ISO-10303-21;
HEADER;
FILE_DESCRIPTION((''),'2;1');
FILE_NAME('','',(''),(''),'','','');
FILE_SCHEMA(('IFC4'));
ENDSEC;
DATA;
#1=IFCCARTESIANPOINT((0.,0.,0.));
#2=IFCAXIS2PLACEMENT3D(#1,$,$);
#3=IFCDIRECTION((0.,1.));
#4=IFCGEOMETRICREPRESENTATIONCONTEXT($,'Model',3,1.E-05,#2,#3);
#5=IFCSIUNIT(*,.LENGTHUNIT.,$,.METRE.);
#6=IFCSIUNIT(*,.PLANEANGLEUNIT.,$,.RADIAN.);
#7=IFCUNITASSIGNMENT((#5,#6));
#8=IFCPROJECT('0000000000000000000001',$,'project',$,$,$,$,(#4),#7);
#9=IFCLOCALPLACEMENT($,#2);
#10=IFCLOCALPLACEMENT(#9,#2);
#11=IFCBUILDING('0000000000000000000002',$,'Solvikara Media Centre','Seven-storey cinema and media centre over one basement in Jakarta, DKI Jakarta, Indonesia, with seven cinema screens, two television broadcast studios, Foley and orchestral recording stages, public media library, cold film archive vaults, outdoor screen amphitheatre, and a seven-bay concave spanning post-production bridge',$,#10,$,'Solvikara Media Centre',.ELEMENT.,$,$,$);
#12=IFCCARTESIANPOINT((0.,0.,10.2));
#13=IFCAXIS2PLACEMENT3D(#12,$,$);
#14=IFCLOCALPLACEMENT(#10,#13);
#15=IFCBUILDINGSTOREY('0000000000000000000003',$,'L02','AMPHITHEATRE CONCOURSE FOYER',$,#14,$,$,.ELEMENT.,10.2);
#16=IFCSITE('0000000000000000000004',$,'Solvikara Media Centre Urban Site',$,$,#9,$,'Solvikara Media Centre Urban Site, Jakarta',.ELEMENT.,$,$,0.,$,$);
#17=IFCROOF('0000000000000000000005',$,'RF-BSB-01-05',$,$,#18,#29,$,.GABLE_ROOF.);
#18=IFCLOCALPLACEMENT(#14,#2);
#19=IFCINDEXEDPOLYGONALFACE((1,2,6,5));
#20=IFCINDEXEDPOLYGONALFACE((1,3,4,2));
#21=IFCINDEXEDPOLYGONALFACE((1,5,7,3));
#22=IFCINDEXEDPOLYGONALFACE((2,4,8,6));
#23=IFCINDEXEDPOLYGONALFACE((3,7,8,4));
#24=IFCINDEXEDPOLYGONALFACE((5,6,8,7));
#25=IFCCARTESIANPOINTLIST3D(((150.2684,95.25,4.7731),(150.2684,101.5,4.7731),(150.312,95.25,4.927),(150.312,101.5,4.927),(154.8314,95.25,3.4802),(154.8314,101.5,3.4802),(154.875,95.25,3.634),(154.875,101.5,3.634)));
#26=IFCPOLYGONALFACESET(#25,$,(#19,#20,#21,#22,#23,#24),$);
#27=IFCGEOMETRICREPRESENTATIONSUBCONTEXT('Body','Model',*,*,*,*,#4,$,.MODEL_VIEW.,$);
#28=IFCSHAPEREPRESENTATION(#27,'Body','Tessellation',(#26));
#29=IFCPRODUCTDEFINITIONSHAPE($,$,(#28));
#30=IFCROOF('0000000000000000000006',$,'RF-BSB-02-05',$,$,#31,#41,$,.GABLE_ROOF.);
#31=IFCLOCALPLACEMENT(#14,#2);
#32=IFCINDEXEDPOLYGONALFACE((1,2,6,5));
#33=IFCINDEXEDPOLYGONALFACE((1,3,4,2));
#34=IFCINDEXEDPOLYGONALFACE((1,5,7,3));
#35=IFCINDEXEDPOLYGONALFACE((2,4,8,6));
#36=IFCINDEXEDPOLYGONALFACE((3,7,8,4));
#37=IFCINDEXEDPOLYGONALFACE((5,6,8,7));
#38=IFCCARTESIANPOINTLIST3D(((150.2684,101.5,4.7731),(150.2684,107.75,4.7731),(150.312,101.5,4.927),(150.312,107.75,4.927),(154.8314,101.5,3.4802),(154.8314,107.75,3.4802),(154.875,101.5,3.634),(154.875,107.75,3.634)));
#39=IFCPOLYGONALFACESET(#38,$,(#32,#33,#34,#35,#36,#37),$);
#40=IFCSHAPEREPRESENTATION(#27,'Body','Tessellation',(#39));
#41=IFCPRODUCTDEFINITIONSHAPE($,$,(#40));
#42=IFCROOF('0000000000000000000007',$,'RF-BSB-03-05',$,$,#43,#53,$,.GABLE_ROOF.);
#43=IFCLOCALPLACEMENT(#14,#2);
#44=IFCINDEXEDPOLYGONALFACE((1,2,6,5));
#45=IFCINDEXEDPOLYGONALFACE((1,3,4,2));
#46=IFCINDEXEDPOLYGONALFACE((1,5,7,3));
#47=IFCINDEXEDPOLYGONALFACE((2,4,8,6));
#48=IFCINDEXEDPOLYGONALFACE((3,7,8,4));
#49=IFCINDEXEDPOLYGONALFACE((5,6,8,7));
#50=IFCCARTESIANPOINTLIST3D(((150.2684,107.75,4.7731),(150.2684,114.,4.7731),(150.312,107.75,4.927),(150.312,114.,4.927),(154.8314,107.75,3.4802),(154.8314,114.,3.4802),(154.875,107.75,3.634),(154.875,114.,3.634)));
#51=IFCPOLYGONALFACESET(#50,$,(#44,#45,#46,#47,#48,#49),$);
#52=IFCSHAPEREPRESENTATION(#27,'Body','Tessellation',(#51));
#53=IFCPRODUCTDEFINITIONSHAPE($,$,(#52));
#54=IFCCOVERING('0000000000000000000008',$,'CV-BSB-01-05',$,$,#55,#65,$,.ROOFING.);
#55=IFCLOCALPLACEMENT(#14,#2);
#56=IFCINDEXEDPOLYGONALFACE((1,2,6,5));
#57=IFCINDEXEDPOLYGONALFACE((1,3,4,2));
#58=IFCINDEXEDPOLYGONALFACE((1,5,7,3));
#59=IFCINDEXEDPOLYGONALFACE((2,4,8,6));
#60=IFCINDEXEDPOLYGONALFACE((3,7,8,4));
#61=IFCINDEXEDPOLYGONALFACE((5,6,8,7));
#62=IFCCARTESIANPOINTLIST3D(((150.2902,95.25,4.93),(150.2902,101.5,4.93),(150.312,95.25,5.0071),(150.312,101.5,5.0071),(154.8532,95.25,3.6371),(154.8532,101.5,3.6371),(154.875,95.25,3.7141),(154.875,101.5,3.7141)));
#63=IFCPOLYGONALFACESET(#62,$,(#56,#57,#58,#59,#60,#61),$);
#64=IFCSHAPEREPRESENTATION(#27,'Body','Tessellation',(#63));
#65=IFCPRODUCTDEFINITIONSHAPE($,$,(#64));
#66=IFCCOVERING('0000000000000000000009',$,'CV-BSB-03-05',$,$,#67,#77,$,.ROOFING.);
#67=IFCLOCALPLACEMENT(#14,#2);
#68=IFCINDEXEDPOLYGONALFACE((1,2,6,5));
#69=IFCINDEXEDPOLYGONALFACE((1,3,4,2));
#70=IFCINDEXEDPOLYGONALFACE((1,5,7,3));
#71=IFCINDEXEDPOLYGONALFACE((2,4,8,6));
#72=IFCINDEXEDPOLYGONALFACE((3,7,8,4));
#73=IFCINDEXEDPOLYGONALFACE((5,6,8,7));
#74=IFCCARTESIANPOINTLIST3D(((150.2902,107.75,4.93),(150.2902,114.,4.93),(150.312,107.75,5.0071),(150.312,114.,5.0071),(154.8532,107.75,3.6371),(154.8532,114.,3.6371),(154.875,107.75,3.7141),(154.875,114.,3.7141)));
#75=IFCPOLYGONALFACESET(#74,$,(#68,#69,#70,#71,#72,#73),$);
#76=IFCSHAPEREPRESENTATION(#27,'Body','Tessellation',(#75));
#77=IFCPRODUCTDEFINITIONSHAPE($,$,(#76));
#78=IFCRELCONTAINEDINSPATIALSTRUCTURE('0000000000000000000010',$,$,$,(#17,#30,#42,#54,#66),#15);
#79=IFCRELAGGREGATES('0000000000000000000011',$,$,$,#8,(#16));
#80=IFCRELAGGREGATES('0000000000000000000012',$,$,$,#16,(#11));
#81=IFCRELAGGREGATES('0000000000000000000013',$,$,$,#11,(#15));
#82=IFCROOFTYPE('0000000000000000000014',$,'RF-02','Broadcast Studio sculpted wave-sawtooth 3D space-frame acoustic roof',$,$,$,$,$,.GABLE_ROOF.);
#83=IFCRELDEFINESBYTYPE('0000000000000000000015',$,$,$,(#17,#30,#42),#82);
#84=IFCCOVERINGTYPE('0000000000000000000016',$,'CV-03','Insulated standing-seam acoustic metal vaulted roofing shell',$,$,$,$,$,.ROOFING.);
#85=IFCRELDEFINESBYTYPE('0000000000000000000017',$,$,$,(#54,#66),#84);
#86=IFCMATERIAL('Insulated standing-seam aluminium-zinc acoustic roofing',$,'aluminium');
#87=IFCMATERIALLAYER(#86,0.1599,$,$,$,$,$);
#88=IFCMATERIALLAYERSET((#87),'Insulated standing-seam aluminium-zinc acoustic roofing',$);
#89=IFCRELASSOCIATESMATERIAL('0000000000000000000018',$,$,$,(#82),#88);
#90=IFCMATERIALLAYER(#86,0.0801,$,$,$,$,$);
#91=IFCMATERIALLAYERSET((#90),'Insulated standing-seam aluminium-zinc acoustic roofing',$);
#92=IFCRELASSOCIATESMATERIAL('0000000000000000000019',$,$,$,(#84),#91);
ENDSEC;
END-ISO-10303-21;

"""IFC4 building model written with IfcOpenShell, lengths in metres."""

from ifc_helpers import new_model, si_unit, direction, frame, origin, place, context, subcontext, project, spatial, polyline, outline, extrude, material, layer, layer_set, type_object, element, save


model = new_model("IFC4")

# Units and contexts
model_context = context("Model", 3, precision=1e-05, world=origin(), true_north=direction((0.0, 1.0)))
body_context = subcontext(model_context, "Body", "Model", "MODEL_VIEW")
ifc_project = project(units=[si_unit("LENGTHUNIT", "METRE"), si_unit("PLANEANGLEUNIT", "RADIAN")], contexts=[model_context])

# Site, building, storey
site_placement = place(None, origin())
site = spatial("IfcSite", under=ifc_project, at=site_placement, Name="Solvikara Media Centre Urban Site", LongName="Solvikara Media Centre Urban Site, Jakarta", CompositionType="ELEMENT", RefElevation=0.0)
building_placement = place(site_placement, origin())
building = spatial("IfcBuilding", under=site, at=building_placement, Name="Solvikara Media Centre", Description="Seven-storey cinema and media centre over one basement in Jakarta, DKI Jakarta, Indonesia, with seven cinema screens, two television broadcast studios, Foley and orchestral recording stages, public media library, cold film archive vaults, outdoor screen amphitheatre, and a seven-bay concave spanning post-production bridge", LongName="Solvikara Media Centre", CompositionType="ELEMENT")
storey_placement = place(building_placement, frame((0.0, 0.0, 10.2)))
storey = spatial("IfcBuildingStorey", under=building, at=storey_placement, Name="L02", Description="AMPHITHEATRE CONCOURSE FOYER", CompositionType="ELEMENT", Elevation=10.2)

# Roofs
ifc_material_1 = material(Name="Insulated standing-seam aluminium-zinc acoustic roofing", Category="aluminium")
ifc_layer_1 = layer(ifc_material_1, 0.1599)
ifc_layer_set_1 = layer_set([ifc_layer_1], Name="Insulated standing-seam aluminium-zinc acoustic roofing")
roof_type = type_object("IfcRoofType", Name="RF-02", Description="Broadcast Studio sculpted wave-sawtooth 3D space-frame acoustic roof", PredefinedType="GABLE_ROOF", material=ifc_layer_set_1)
for number, where, z_axis, x_axis, name in (
    (1, (150.312, 95.25, 4.927), (0.272626, 0.0, 0.96212), (0.96212, 0.0, -0.272626), "RF-BSB-01-05"),
    (2, (150.312, 101.5, 4.927), (0.272626, 0.0, 0.96212), (0.96212, 0.0, -0.272626), "RF-BSB-02-05"),
    (3, (150.312, 107.75, 4.927), (0.272626, 0.0, 0.96212), (0.96212, 0.0, -0.272626), "RF-BSB-03-05"),
):
    element("IfcRoof", number, at=place(storey_placement, frame(where, z_axis=z_axis, x_axis=x_axis)), inside=storey, type_object=roof_type, Name=name, PredefinedType="GABLE_ROOF", context=body_context, shape_type="SweptSolid", body=[
        extrude(outline(polyline([(0.0, 0.0), (4.7426, 0.0), (4.7426, 6.25), (0.0, 6.25), (0.0, 0.0)])), origin(), (0.0, 0.0, -1.0), 0.1599),
    ])

# Coverings
ifc_layer_2 = layer(ifc_material_1, 0.0801)
ifc_layer_set_2 = layer_set([ifc_layer_2], Name="Insulated standing-seam aluminium-zinc acoustic roofing")
covering_type = type_object("IfcCoveringType", Name="CV-03", Description="Insulated standing-seam acoustic metal vaulted roofing shell", PredefinedType="ROOFING", material=ifc_layer_set_2)
for number, where, z_axis, x_axis, name in (
    (4, (150.312, 95.25, 5.0071), (0.272626, 0.0, 0.96212), (0.96212, 0.0, -0.272626), "CV-BSB-01-05"),
    (5, (150.312, 107.75, 5.0071), (0.272626, 0.0, 0.96212), (0.96212, 0.0, -0.272626), "CV-BSB-03-05"),
):
    element("IfcCovering", number, at=place(storey_placement, frame(where, z_axis=z_axis, x_axis=x_axis)), inside=storey, type_object=covering_type, Name=name, PredefinedType="ROOFING", context=body_context, shape_type="SweptSolid", body=[
        extrude(outline(polyline([(0.0, 0.0), (4.7426, 0.0), (4.7426, 6.25), (0.0, 6.25), (0.0, 0.0)])), origin(), (0.0, 0.0, -1.0), 0.0801),
    ])

save(model, "model.ifc")
